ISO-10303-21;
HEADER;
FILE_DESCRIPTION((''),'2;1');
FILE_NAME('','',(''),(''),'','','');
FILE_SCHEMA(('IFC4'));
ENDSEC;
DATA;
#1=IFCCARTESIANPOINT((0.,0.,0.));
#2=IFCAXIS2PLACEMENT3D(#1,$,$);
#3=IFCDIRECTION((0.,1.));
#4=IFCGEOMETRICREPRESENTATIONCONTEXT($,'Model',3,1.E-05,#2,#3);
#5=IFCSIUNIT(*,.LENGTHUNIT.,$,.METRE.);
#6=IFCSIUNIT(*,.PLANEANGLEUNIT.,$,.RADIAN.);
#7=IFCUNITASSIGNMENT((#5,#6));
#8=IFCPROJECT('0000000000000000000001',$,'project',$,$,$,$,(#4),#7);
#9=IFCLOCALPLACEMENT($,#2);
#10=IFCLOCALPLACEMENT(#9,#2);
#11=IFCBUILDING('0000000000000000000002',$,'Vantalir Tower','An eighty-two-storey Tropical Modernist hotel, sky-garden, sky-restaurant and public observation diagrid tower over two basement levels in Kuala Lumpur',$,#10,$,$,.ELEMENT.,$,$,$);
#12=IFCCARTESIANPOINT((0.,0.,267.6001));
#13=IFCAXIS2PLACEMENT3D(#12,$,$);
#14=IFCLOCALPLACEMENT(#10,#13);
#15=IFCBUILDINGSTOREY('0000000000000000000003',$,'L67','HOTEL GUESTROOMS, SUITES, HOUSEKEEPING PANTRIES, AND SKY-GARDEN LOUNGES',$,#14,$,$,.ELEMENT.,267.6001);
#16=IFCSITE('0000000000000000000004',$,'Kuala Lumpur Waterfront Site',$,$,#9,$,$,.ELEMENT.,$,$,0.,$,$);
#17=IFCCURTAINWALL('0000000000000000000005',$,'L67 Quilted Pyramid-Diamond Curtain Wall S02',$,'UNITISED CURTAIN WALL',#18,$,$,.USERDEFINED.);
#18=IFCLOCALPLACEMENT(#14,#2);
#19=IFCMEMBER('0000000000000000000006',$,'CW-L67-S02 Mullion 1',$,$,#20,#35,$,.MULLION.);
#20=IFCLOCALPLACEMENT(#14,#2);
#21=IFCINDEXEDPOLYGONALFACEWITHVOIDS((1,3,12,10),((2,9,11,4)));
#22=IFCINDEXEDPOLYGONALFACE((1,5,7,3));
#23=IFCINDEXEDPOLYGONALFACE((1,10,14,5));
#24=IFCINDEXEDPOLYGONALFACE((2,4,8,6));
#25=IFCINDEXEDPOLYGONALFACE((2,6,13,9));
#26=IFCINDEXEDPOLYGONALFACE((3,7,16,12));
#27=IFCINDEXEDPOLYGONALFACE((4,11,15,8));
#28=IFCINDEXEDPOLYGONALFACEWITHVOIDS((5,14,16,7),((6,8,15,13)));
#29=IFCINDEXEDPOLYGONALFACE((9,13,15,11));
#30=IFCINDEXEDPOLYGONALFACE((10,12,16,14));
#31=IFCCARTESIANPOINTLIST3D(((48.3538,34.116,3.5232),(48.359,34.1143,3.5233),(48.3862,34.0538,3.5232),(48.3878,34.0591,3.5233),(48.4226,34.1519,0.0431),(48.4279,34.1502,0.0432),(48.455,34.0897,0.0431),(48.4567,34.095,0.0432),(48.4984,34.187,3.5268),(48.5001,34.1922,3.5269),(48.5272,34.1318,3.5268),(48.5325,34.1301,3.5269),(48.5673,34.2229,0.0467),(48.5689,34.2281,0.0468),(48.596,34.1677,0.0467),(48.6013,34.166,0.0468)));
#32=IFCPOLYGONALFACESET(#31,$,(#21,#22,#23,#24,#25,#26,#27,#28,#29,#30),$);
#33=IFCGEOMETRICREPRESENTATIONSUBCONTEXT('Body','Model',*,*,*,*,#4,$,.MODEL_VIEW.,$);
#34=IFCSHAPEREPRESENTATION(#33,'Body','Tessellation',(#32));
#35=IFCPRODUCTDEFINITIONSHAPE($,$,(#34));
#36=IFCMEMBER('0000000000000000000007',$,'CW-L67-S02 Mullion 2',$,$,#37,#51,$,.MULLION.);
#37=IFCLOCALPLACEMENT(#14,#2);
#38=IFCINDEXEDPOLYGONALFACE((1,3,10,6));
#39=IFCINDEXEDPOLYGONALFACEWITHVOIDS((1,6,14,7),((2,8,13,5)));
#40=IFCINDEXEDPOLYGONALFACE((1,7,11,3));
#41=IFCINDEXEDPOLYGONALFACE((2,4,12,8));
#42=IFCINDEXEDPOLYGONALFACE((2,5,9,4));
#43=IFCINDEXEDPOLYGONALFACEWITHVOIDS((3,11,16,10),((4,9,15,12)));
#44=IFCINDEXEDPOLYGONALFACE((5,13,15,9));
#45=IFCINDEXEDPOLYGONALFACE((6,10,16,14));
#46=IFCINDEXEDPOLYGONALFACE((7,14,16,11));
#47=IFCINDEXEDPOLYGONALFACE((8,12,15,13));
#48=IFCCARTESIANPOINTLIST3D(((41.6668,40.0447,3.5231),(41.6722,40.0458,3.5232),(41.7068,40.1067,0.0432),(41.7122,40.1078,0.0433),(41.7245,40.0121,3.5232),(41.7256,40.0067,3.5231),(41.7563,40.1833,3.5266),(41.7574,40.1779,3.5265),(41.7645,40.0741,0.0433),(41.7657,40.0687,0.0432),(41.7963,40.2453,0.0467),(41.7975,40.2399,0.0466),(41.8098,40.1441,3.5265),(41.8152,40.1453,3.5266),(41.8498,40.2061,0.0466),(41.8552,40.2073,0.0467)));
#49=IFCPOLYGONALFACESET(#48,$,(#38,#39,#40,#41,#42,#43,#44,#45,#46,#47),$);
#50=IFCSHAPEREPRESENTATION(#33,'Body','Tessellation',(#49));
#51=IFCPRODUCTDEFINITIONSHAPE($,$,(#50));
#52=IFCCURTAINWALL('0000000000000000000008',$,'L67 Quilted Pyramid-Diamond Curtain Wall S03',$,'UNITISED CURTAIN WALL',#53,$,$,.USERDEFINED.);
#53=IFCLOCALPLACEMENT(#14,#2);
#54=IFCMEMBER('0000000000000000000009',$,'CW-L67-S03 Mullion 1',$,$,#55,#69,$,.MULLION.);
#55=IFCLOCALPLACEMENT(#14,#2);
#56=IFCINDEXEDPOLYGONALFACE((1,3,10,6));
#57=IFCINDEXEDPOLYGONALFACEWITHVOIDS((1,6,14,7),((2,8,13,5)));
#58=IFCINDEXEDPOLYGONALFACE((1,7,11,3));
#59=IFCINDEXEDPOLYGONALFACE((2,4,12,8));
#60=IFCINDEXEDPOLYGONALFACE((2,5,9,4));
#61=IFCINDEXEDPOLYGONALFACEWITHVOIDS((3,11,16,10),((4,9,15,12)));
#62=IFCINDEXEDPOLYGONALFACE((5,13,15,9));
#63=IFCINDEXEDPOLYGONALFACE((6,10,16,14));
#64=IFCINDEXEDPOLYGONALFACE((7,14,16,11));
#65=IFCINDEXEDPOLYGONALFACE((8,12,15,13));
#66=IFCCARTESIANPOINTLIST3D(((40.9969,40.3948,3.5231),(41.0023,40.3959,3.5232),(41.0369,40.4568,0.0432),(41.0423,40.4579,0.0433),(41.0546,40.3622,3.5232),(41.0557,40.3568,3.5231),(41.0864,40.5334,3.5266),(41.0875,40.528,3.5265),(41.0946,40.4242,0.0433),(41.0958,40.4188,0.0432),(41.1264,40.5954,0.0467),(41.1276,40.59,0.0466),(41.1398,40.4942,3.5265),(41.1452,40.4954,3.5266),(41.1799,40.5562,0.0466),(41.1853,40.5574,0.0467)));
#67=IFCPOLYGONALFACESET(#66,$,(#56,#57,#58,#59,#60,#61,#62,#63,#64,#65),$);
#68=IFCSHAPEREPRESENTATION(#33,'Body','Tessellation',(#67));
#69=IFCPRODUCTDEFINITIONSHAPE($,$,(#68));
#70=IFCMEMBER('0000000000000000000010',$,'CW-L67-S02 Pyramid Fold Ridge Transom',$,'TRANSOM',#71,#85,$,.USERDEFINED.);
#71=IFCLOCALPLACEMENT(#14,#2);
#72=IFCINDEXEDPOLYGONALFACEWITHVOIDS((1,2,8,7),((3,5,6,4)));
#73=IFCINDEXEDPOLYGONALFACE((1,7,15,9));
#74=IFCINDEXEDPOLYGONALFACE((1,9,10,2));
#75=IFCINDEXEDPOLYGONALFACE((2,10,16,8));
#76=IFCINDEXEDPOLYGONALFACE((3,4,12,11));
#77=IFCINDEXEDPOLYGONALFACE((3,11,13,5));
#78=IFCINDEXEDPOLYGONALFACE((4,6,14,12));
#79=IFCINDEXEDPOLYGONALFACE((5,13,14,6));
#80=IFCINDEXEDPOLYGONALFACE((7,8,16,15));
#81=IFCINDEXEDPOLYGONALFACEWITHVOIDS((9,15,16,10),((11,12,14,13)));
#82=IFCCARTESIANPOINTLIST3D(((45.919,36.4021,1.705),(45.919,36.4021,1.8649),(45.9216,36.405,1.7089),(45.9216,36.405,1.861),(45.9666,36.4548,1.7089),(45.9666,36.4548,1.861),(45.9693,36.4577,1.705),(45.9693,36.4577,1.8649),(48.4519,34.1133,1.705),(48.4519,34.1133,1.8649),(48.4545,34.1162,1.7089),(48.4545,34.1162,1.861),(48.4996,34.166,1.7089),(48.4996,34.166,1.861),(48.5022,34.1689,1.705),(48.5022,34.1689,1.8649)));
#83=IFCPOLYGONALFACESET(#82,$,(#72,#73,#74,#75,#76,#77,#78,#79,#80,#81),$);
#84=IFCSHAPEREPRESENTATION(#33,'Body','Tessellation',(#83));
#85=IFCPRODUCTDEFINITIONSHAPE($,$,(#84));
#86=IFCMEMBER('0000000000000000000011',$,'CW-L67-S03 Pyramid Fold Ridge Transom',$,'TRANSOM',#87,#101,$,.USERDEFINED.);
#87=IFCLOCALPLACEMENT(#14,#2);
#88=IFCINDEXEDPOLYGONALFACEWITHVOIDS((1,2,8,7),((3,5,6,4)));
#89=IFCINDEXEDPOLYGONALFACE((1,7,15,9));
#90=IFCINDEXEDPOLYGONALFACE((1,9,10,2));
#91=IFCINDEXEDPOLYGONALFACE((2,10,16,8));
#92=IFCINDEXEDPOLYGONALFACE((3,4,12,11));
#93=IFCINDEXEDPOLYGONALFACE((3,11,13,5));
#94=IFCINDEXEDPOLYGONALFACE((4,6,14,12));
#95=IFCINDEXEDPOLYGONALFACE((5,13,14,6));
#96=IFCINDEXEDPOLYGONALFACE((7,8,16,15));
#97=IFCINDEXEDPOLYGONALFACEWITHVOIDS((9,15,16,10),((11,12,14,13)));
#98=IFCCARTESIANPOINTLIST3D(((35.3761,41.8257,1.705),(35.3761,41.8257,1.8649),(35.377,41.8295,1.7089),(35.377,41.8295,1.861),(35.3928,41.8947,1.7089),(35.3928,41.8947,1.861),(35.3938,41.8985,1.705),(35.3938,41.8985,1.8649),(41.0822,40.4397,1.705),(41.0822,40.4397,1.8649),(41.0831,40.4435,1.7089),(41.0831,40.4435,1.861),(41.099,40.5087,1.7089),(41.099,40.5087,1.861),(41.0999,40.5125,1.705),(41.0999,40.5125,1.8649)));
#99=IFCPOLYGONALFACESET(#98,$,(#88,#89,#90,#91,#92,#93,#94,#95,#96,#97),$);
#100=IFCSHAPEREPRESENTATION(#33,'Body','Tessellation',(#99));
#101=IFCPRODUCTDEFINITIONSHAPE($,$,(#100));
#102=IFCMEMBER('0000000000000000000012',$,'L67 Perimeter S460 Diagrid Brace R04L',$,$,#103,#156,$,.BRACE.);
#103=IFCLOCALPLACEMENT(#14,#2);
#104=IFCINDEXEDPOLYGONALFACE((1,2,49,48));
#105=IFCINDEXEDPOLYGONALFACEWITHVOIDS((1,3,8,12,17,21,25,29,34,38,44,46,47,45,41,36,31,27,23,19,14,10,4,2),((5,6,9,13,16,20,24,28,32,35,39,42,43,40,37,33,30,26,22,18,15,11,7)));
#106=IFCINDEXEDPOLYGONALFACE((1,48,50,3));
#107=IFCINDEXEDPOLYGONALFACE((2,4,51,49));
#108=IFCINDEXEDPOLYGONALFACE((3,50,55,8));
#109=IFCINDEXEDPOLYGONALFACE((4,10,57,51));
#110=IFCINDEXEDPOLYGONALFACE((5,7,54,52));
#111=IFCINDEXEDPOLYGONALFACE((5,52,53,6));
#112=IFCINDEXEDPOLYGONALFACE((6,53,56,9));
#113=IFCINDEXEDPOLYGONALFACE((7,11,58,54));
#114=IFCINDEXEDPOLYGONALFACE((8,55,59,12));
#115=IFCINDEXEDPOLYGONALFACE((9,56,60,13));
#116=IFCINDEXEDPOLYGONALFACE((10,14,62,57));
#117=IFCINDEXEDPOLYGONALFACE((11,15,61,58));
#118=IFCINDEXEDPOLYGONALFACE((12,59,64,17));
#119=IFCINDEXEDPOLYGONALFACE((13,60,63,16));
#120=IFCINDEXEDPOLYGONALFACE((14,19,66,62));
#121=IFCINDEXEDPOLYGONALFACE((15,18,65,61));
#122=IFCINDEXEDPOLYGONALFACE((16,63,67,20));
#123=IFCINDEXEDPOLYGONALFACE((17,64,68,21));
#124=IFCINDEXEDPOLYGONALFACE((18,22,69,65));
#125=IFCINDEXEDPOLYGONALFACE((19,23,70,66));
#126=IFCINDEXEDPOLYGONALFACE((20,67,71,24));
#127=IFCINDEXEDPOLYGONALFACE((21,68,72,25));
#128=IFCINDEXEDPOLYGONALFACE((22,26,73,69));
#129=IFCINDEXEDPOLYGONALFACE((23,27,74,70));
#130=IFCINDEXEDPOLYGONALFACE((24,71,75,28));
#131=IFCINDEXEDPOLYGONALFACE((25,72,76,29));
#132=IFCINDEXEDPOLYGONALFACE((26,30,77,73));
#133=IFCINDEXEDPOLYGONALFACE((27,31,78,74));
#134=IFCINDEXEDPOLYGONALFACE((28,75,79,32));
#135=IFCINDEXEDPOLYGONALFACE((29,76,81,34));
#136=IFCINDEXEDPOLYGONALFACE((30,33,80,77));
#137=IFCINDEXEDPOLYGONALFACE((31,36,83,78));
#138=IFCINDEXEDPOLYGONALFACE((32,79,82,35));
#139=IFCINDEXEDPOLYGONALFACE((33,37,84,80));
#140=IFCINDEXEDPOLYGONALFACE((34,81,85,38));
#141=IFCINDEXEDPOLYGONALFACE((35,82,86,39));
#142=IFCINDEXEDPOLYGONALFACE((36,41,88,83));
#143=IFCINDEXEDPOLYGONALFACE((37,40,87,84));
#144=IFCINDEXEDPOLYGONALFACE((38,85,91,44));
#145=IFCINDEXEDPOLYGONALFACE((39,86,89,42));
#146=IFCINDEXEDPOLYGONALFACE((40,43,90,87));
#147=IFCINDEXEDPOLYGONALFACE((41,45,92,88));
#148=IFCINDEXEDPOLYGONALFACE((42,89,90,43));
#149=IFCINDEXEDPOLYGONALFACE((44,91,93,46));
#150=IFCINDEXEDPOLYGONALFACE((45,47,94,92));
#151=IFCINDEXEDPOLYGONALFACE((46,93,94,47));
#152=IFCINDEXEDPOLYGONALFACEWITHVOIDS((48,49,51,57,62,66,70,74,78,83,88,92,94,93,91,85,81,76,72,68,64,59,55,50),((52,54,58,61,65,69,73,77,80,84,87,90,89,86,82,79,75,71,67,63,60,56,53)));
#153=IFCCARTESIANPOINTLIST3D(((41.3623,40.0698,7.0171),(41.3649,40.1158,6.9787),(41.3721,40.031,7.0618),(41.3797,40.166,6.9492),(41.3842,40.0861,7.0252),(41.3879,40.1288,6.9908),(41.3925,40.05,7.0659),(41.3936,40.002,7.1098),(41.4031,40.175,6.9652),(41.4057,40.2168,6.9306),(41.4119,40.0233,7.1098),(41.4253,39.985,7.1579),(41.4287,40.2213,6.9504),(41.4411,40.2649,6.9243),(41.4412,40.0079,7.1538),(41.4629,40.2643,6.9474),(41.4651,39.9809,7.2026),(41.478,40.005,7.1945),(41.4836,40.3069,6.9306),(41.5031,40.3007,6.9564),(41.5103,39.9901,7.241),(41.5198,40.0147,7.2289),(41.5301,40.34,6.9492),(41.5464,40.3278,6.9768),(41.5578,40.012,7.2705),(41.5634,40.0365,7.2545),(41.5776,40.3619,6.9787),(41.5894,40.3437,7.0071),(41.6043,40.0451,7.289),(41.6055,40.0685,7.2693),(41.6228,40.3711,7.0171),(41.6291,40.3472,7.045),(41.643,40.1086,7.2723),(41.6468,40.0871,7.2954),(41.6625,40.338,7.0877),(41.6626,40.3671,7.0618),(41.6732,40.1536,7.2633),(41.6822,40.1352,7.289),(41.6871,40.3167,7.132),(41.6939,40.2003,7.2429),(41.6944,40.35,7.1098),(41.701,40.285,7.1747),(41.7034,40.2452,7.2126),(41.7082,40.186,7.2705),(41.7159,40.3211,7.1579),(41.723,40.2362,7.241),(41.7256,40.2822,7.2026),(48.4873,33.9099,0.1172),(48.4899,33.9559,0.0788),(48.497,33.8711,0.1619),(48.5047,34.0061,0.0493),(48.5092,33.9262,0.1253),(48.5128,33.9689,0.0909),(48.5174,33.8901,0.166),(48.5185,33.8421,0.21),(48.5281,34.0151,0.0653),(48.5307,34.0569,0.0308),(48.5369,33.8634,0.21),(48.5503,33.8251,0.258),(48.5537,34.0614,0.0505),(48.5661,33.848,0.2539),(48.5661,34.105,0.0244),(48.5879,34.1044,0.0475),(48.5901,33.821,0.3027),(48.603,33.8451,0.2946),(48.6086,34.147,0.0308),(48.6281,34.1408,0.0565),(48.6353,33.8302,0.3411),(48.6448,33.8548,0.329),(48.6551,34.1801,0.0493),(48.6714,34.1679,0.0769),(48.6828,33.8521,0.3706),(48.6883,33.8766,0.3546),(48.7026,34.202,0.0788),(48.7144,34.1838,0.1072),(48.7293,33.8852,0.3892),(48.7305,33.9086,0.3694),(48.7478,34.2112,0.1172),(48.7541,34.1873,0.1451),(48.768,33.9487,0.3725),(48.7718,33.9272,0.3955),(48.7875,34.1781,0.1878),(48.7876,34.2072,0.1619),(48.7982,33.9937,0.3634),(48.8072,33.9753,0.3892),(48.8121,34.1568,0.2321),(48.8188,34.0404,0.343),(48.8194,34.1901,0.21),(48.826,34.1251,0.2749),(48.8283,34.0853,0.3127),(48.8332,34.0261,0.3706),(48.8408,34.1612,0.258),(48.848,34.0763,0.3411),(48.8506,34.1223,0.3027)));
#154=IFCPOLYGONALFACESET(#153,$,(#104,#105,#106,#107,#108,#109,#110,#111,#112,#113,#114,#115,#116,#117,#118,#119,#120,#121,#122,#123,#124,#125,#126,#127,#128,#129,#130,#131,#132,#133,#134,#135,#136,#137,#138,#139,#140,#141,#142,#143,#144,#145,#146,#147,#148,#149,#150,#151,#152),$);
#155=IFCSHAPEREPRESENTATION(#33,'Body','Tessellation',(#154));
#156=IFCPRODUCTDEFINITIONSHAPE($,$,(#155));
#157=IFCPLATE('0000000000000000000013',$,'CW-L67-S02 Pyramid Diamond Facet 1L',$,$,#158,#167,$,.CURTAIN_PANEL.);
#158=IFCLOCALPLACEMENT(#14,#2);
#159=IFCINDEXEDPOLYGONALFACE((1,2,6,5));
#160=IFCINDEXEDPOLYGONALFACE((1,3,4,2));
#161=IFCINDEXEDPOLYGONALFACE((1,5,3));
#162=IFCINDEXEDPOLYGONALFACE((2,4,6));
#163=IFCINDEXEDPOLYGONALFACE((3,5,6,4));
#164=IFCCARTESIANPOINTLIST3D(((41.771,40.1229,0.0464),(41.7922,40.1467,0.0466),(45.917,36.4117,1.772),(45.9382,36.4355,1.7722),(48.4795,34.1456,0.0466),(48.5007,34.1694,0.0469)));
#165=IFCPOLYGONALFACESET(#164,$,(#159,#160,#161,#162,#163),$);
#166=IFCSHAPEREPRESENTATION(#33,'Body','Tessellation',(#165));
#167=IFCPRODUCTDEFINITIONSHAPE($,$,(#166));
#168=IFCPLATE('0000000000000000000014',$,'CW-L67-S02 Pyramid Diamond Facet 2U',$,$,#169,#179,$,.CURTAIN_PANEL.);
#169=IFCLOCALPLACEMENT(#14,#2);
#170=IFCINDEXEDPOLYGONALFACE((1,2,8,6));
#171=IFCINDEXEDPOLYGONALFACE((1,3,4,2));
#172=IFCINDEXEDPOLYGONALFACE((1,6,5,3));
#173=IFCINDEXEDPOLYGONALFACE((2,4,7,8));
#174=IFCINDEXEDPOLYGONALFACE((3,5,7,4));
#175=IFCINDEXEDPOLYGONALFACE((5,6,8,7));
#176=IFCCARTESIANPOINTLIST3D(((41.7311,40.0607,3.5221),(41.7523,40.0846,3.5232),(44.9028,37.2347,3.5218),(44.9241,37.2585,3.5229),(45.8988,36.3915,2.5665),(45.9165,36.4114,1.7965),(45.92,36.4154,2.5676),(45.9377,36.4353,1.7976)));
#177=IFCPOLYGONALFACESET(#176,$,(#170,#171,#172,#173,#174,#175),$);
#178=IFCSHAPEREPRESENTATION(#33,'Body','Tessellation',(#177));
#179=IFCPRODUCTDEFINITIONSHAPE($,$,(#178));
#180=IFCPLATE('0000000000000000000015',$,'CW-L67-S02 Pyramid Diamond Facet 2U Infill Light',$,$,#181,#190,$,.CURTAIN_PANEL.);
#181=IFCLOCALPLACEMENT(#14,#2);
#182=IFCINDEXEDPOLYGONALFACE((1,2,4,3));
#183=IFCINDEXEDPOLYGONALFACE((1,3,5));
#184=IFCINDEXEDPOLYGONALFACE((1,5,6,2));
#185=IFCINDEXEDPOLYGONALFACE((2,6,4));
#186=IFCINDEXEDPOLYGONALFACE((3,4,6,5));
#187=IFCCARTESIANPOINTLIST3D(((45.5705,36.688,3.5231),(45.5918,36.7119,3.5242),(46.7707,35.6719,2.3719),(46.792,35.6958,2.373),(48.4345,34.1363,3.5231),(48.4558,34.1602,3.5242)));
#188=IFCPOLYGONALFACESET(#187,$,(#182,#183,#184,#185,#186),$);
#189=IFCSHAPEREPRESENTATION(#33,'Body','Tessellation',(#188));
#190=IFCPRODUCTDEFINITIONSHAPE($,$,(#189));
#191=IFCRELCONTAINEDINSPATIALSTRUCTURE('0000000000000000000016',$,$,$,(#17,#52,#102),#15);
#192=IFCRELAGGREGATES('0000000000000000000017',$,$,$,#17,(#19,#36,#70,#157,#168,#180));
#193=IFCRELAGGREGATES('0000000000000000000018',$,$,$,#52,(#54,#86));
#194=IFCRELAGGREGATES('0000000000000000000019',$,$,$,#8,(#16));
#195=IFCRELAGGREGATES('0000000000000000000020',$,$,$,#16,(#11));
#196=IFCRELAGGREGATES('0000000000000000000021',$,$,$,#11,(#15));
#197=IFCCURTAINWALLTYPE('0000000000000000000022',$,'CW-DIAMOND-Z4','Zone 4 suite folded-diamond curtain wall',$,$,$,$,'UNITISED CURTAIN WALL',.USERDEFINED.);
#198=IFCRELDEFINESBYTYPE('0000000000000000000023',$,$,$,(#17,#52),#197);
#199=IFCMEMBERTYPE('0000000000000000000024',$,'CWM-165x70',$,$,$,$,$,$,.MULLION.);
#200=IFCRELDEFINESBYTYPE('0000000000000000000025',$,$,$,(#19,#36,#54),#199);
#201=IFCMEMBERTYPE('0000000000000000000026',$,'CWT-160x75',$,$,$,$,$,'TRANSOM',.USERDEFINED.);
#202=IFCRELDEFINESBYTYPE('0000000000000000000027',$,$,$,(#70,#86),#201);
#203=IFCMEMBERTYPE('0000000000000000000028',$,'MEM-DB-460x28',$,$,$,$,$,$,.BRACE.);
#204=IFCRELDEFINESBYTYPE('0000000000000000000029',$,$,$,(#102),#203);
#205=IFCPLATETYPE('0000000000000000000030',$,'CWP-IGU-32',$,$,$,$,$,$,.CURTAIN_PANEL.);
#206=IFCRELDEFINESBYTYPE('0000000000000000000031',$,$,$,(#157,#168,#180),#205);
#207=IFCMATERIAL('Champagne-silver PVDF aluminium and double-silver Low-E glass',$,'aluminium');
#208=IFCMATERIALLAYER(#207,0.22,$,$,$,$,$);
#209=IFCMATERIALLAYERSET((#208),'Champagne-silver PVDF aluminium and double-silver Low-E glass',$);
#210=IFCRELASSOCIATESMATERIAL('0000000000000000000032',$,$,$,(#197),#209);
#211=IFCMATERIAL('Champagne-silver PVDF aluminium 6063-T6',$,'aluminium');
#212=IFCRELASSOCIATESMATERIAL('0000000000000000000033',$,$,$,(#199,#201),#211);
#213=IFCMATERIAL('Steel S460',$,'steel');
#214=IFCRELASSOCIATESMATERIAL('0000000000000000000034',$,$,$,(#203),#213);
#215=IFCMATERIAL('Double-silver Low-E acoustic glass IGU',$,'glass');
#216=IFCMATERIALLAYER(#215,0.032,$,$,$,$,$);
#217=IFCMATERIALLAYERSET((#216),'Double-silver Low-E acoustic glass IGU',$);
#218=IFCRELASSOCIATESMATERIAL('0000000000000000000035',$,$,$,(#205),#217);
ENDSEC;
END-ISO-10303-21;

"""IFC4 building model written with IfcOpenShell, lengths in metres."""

from ifc_helpers import new_model, si_unit, direction, frame, origin, origin_2d, place, context, subcontext, project, spatial, polyline, hollow_rectangle, hollow_circle, outline, extrude, material, layer, layer_set, material_profile, profile_set, type_object, element, aggregate, save


model = new_model("IFC4")

# Units and contexts
model_context = context("Model", 3, precision=1e-05, world=origin(), true_north=direction((0.0, 1.0)))
body_context = subcontext(model_context, "Body", "Model", "MODEL_VIEW")
ifc_project = project(units=[si_unit("LENGTHUNIT", "METRE"), si_unit("PLANEANGLEUNIT", "RADIAN")], contexts=[model_context])

# Site, building, storey
site_placement = place(None, origin())
site = spatial("IfcSite", under=ifc_project, at=site_placement, Name="Kuala Lumpur Waterfront Site", CompositionType="ELEMENT", RefElevation=0.0)
building_placement = place(site_placement, origin())
building = spatial("IfcBuilding", under=site, at=building_placement, Name="Vantalir Tower", Description="An eighty-two-storey Tropical Modernist hotel, sky-garden, sky-restaurant and public observation diagrid tower over two basement levels in Kuala Lumpur", CompositionType="ELEMENT")
storey_placement = place(building_placement, frame((0.0, 0.0, 267.6001)))
storey = spatial("IfcBuildingStorey", under=building, at=storey_placement, Name="L67", Description="HOTEL GUESTROOMS, SUITES, HOUSEKEEPING PANTRIES, AND SKY-GARDEN LOUNGES", CompositionType="ELEMENT", Elevation=267.6001)

# Shared definitions
ifc_material_1 = material(Name="Steel S460", Category="steel")

# Curtain wall, members
ifc_material_2 = material(Name="Champagne-silver PVDF aluminium and double-silver Low-E glass", Category="aluminium")
ifc_layer_1 = layer(ifc_material_2, 0.22)
ifc_layer_set_1 = layer_set([ifc_layer_1], Name="Champagne-silver PVDF aluminium and double-silver Low-E glass")
curtain_wall_type = type_object("IfcCurtainWallType", Name="CW-DIAMOND-Z4", Description="Zone 4 suite folded-diamond curtain wall", ElementType="UNITISED CURTAIN WALL", PredefinedType="USERDEFINED", material=ifc_layer_set_1)
curtain_wall_1_placement = place(storey_placement, origin())
curtain_wall_1 = element("IfcCurtainWall", 1, at=curtain_wall_1_placement, inside=storey, type_object=curtain_wall_type, Name="L67 Quilted Pyramid-Diamond Curtain Wall S02", ObjectType="UNITISED CURTAIN WALL", PredefinedType="USERDEFINED")
ifc_material_3 = material(Name="Champagne-silver PVDF aluminium 6063-T6", Category="aluminium")
ifc_material_profile_1 = material_profile(ifc_material_3, hollow_rectangle(XDim=0.0701, YDim=0.165, WallThickness=0.0039, at=origin_2d()), Name="Champagne-silver PVDF aluminium 6063-T6")
ifc_profile_set_1 = profile_set([ifc_material_profile_1], Name="Champagne-silver PVDF aluminium 6063-T6")
member_type_1 = type_object("IfcMemberType", Name="CWM-165x70", PredefinedType="MULLION", material=ifc_profile_set_1)
member_1_placement = place(storey_placement, frame((48.512, 34.1589, 0.0449), z_axis=(-0.019779, -0.01031, 0.999751), x_axis=(0.462244, -0.886753, 0.0)))
member_1 = element("IfcMember", 2, at=member_1_placement, type_object=member_type_1, Name="CW-L67-S02 Mullion 1", PredefinedType="MULLION", context=body_context, shape_type="SweptSolid", body=[
    extrude(hollow_rectangle(XDim=0.0701, YDim=0.165, WallThickness=0.0039, at=origin_2d()), origin(), (0.0, 0.0, 1.0), 3.481),
])
member_2_placement = place(storey_placement, frame((41.781, 40.157, 0.0449), z_axis=(-0.011503, -0.017816, 0.999775), x_axis=(0.840102, -0.542428, 0.0)))
member_2 = element("IfcMember", 3, at=member_2_placement, type_object=member_type_1, Name="CW-L67-S02 Mullion 2", PredefinedType="MULLION", context=body_context, shape_type="SweptSolid", body=[
    extrude(hollow_rectangle(XDim=0.0701, YDim=0.165, WallThickness=0.0039, at=origin_2d()), origin(), (0.0, 0.0, 1.0), 3.4807),
])

# Curtain wall, member
curtain_wall_2_placement = place(storey_placement, origin())
curtain_wall_2 = element("IfcCurtainWall", 4, at=curtain_wall_2_placement, inside=storey, type_object=curtain_wall_type, Name="L67 Quilted Pyramid-Diamond Curtain Wall S03", ObjectType="UNITISED CURTAIN WALL", PredefinedType="USERDEFINED")
member_3_placement = place(storey_placement, frame((41.1111, 40.5071, 0.0449), z_axis=(-0.011503, -0.017816, 0.999775), x_axis=(0.840102, -0.542428, 0.0)))
member_3 = element("IfcMember", 5, at=member_3_placement, type_object=member_type_1, Name="CW-L67-S03 Mullion 1", PredefinedType="MULLION", context=body_context, shape_type="SweptSolid", body=[
    extrude(hollow_rectangle(XDim=0.0701, YDim=0.165, WallThickness=0.0039, at=origin_2d()), origin(), (0.0, 0.0, 1.0), 3.4807),
])

# Members
ifc_material_profile_2 = material_profile(ifc_material_3, hollow_rectangle(XDim=0.075, YDim=0.1599, WallThickness=0.0039, at=origin_2d()), Name="Champagne-silver PVDF aluminium 6063-T6")
ifc_profile_set_2 = profile_set([ifc_material_profile_2], Name="Champagne-silver PVDF aluminium 6063-T6")
member_type_2 = type_object("IfcMemberType", Name="CWT-160x75", ElementType="TRANSOM", PredefinedType="USERDEFINED", material=ifc_profile_set_2)
member_4_placement = place(storey_placement, frame((48.4771, 34.1411, 1.7849), z_axis=(-0.741959, 0.670445, 0.0), x_axis=(-0.670445, -0.741959, 0.0)))
member_4 = element("IfcMember", 6, at=member_4_placement, type_object=member_type_2, Name="CW-L67-S02 Pyramid Fold Ridge Transom", ObjectType="TRANSOM", PredefinedType="USERDEFINED", context=body_context, shape_type="SweptSolid", body=[
    extrude(hollow_rectangle(XDim=0.075, YDim=0.1599, WallThickness=0.0039, at=origin_2d()), origin(), (0.0, 0.0, 1.0), 3.4138),
])
member_5_placement = place(storey_placement, frame((41.0911, 40.4761, 1.7849), z_axis=(-0.971745, 0.236034, 0.0), x_axis=(-0.236034, -0.971745, 0.0)))
member_5 = element("IfcMember", 7, at=member_5_placement, type_object=member_type_2, Name="CW-L67-S03 Pyramid Fold Ridge Transom", ObjectType="TRANSOM", PredefinedType="USERDEFINED", context=body_context, shape_type="SweptSolid", body=[
    extrude(hollow_rectangle(XDim=0.075, YDim=0.1599, WallThickness=0.0039, at=origin_2d()), origin(), (0.0, 0.0, 1.0), 5.8721),
])
ifc_material_profile_3 = material_profile(ifc_material_1, hollow_circle(Radius=0.23, WallThickness=0.0281, at=origin_2d()), Name="Steel S460")
ifc_profile_set_3 = profile_set([ifc_material_profile_3], Name="Steel S460")
member_type_3 = type_object("IfcMemberType", Name="MEM-DB-460x28", PredefinedType="BRACE", material=ifc_profile_set_3)
member_6_placement = place(storey_placement, frame((48.6689, 34.0161, 0.21), z_axis=(-0.610249, 0.52759, 0.59097), x_axis=(-0.654015, -0.756481, 0.0)))
element("IfcMember", 8, at=member_6_placement, inside=storey, type_object=member_type_3, Name="L67 Perimeter S460 Diagrid Brace R04L", PredefinedType="BRACE", context=body_context, shape_type="SweptSolid", body=[
    extrude(hollow_circle(Radius=0.23, WallThickness=0.0281, at=origin_2d()), origin(), (0.0, 0.0, 1.0), 11.6755),
])

# Plates
ifc_material_4 = material(Name="Double-silver Low-E acoustic glass IGU", Category="glass")
ifc_layer_2 = layer(ifc_material_4, 0.032)
ifc_layer_set_2 = layer_set([ifc_layer_2], Name="Double-silver Low-E acoustic glass IGU")
plate_type_1 = type_object("IfcPlateType", Name="CWP-IGU-32", PredefinedType="CURTAIN_PANEL", material=ifc_layer_set_2)
plate_1_placement = place(storey_placement, frame((48.5007, 34.1694, 0.0469), z_axis=(0.665227, 0.746604, 0.007392), x_axis=(-0.746625, 0.665245, -0.000027)))
plate_1 = element("IfcPlate", 9, at=plate_1_placement, type_object=plate_type_1, Name="CW-L67-S02 Pyramid Diamond Facet 1L", PredefinedType="CURTAIN_PANEL", context=body_context, shape_type="SweptSolid", body=[
    extrude(outline(polyline([(0.0, 0.0), (8.9851, 0.0), (3.4207, 1.7255), (0.0, 0.0)])), origin(), (0.0, 0.0, -1.0), 0.032),
])
plate_2_placement = place(storey_placement, frame((44.9241, 37.2585, 3.5229), z_axis=(0.664849, 0.746178, 0.034575), x_axis=(-0.746625, 0.665245, 0.000056)))
plate_2 = element("IfcPlate", 10, at=plate_2_placement, type_object=plate_type_1, Name="CW-L67-S02 Pyramid Diamond Facet 2U", PredefinedType="CURTAIN_PANEL", context=body_context, shape_type="SweptSolid", body=[
    extrude(outline(polyline([(0.0, 0.0), (4.2481, 0.0), (-1.3046, -1.7263), (-1.3046, -0.9558), (0.0, 0.0)])), origin(), (0.0, 0.0, -1.0), 0.032),
])
plate_3_placement = place(storey_placement, frame((48.4558, 34.1602, 3.5242), z_axis=(0.664836, 0.746192, 0.034504), x_axis=(-0.746636, 0.665232, 0.0)))
plate_3 = element("IfcPlate", 11, at=plate_3_placement, type_object=plate_type_1, Name="CW-L67-S02 Pyramid Diamond Facet 2U Infill Light", PredefinedType="CURTAIN_PANEL", context=body_context, shape_type="SweptSolid", body=[
    extrude(outline(polyline([(0.0, 0.0), (3.8359, 0.0), (2.2638, -1.1518), (0.0, 0.0)])), origin(), (0.0, 0.0, -1.0), 0.032),
])
aggregate(curtain_wall_1, [member_1, member_2, member_4, plate_1, plate_2, plate_3])
aggregate(curtain_wall_2, [member_3, member_5])

save(model, "model.ifc")
